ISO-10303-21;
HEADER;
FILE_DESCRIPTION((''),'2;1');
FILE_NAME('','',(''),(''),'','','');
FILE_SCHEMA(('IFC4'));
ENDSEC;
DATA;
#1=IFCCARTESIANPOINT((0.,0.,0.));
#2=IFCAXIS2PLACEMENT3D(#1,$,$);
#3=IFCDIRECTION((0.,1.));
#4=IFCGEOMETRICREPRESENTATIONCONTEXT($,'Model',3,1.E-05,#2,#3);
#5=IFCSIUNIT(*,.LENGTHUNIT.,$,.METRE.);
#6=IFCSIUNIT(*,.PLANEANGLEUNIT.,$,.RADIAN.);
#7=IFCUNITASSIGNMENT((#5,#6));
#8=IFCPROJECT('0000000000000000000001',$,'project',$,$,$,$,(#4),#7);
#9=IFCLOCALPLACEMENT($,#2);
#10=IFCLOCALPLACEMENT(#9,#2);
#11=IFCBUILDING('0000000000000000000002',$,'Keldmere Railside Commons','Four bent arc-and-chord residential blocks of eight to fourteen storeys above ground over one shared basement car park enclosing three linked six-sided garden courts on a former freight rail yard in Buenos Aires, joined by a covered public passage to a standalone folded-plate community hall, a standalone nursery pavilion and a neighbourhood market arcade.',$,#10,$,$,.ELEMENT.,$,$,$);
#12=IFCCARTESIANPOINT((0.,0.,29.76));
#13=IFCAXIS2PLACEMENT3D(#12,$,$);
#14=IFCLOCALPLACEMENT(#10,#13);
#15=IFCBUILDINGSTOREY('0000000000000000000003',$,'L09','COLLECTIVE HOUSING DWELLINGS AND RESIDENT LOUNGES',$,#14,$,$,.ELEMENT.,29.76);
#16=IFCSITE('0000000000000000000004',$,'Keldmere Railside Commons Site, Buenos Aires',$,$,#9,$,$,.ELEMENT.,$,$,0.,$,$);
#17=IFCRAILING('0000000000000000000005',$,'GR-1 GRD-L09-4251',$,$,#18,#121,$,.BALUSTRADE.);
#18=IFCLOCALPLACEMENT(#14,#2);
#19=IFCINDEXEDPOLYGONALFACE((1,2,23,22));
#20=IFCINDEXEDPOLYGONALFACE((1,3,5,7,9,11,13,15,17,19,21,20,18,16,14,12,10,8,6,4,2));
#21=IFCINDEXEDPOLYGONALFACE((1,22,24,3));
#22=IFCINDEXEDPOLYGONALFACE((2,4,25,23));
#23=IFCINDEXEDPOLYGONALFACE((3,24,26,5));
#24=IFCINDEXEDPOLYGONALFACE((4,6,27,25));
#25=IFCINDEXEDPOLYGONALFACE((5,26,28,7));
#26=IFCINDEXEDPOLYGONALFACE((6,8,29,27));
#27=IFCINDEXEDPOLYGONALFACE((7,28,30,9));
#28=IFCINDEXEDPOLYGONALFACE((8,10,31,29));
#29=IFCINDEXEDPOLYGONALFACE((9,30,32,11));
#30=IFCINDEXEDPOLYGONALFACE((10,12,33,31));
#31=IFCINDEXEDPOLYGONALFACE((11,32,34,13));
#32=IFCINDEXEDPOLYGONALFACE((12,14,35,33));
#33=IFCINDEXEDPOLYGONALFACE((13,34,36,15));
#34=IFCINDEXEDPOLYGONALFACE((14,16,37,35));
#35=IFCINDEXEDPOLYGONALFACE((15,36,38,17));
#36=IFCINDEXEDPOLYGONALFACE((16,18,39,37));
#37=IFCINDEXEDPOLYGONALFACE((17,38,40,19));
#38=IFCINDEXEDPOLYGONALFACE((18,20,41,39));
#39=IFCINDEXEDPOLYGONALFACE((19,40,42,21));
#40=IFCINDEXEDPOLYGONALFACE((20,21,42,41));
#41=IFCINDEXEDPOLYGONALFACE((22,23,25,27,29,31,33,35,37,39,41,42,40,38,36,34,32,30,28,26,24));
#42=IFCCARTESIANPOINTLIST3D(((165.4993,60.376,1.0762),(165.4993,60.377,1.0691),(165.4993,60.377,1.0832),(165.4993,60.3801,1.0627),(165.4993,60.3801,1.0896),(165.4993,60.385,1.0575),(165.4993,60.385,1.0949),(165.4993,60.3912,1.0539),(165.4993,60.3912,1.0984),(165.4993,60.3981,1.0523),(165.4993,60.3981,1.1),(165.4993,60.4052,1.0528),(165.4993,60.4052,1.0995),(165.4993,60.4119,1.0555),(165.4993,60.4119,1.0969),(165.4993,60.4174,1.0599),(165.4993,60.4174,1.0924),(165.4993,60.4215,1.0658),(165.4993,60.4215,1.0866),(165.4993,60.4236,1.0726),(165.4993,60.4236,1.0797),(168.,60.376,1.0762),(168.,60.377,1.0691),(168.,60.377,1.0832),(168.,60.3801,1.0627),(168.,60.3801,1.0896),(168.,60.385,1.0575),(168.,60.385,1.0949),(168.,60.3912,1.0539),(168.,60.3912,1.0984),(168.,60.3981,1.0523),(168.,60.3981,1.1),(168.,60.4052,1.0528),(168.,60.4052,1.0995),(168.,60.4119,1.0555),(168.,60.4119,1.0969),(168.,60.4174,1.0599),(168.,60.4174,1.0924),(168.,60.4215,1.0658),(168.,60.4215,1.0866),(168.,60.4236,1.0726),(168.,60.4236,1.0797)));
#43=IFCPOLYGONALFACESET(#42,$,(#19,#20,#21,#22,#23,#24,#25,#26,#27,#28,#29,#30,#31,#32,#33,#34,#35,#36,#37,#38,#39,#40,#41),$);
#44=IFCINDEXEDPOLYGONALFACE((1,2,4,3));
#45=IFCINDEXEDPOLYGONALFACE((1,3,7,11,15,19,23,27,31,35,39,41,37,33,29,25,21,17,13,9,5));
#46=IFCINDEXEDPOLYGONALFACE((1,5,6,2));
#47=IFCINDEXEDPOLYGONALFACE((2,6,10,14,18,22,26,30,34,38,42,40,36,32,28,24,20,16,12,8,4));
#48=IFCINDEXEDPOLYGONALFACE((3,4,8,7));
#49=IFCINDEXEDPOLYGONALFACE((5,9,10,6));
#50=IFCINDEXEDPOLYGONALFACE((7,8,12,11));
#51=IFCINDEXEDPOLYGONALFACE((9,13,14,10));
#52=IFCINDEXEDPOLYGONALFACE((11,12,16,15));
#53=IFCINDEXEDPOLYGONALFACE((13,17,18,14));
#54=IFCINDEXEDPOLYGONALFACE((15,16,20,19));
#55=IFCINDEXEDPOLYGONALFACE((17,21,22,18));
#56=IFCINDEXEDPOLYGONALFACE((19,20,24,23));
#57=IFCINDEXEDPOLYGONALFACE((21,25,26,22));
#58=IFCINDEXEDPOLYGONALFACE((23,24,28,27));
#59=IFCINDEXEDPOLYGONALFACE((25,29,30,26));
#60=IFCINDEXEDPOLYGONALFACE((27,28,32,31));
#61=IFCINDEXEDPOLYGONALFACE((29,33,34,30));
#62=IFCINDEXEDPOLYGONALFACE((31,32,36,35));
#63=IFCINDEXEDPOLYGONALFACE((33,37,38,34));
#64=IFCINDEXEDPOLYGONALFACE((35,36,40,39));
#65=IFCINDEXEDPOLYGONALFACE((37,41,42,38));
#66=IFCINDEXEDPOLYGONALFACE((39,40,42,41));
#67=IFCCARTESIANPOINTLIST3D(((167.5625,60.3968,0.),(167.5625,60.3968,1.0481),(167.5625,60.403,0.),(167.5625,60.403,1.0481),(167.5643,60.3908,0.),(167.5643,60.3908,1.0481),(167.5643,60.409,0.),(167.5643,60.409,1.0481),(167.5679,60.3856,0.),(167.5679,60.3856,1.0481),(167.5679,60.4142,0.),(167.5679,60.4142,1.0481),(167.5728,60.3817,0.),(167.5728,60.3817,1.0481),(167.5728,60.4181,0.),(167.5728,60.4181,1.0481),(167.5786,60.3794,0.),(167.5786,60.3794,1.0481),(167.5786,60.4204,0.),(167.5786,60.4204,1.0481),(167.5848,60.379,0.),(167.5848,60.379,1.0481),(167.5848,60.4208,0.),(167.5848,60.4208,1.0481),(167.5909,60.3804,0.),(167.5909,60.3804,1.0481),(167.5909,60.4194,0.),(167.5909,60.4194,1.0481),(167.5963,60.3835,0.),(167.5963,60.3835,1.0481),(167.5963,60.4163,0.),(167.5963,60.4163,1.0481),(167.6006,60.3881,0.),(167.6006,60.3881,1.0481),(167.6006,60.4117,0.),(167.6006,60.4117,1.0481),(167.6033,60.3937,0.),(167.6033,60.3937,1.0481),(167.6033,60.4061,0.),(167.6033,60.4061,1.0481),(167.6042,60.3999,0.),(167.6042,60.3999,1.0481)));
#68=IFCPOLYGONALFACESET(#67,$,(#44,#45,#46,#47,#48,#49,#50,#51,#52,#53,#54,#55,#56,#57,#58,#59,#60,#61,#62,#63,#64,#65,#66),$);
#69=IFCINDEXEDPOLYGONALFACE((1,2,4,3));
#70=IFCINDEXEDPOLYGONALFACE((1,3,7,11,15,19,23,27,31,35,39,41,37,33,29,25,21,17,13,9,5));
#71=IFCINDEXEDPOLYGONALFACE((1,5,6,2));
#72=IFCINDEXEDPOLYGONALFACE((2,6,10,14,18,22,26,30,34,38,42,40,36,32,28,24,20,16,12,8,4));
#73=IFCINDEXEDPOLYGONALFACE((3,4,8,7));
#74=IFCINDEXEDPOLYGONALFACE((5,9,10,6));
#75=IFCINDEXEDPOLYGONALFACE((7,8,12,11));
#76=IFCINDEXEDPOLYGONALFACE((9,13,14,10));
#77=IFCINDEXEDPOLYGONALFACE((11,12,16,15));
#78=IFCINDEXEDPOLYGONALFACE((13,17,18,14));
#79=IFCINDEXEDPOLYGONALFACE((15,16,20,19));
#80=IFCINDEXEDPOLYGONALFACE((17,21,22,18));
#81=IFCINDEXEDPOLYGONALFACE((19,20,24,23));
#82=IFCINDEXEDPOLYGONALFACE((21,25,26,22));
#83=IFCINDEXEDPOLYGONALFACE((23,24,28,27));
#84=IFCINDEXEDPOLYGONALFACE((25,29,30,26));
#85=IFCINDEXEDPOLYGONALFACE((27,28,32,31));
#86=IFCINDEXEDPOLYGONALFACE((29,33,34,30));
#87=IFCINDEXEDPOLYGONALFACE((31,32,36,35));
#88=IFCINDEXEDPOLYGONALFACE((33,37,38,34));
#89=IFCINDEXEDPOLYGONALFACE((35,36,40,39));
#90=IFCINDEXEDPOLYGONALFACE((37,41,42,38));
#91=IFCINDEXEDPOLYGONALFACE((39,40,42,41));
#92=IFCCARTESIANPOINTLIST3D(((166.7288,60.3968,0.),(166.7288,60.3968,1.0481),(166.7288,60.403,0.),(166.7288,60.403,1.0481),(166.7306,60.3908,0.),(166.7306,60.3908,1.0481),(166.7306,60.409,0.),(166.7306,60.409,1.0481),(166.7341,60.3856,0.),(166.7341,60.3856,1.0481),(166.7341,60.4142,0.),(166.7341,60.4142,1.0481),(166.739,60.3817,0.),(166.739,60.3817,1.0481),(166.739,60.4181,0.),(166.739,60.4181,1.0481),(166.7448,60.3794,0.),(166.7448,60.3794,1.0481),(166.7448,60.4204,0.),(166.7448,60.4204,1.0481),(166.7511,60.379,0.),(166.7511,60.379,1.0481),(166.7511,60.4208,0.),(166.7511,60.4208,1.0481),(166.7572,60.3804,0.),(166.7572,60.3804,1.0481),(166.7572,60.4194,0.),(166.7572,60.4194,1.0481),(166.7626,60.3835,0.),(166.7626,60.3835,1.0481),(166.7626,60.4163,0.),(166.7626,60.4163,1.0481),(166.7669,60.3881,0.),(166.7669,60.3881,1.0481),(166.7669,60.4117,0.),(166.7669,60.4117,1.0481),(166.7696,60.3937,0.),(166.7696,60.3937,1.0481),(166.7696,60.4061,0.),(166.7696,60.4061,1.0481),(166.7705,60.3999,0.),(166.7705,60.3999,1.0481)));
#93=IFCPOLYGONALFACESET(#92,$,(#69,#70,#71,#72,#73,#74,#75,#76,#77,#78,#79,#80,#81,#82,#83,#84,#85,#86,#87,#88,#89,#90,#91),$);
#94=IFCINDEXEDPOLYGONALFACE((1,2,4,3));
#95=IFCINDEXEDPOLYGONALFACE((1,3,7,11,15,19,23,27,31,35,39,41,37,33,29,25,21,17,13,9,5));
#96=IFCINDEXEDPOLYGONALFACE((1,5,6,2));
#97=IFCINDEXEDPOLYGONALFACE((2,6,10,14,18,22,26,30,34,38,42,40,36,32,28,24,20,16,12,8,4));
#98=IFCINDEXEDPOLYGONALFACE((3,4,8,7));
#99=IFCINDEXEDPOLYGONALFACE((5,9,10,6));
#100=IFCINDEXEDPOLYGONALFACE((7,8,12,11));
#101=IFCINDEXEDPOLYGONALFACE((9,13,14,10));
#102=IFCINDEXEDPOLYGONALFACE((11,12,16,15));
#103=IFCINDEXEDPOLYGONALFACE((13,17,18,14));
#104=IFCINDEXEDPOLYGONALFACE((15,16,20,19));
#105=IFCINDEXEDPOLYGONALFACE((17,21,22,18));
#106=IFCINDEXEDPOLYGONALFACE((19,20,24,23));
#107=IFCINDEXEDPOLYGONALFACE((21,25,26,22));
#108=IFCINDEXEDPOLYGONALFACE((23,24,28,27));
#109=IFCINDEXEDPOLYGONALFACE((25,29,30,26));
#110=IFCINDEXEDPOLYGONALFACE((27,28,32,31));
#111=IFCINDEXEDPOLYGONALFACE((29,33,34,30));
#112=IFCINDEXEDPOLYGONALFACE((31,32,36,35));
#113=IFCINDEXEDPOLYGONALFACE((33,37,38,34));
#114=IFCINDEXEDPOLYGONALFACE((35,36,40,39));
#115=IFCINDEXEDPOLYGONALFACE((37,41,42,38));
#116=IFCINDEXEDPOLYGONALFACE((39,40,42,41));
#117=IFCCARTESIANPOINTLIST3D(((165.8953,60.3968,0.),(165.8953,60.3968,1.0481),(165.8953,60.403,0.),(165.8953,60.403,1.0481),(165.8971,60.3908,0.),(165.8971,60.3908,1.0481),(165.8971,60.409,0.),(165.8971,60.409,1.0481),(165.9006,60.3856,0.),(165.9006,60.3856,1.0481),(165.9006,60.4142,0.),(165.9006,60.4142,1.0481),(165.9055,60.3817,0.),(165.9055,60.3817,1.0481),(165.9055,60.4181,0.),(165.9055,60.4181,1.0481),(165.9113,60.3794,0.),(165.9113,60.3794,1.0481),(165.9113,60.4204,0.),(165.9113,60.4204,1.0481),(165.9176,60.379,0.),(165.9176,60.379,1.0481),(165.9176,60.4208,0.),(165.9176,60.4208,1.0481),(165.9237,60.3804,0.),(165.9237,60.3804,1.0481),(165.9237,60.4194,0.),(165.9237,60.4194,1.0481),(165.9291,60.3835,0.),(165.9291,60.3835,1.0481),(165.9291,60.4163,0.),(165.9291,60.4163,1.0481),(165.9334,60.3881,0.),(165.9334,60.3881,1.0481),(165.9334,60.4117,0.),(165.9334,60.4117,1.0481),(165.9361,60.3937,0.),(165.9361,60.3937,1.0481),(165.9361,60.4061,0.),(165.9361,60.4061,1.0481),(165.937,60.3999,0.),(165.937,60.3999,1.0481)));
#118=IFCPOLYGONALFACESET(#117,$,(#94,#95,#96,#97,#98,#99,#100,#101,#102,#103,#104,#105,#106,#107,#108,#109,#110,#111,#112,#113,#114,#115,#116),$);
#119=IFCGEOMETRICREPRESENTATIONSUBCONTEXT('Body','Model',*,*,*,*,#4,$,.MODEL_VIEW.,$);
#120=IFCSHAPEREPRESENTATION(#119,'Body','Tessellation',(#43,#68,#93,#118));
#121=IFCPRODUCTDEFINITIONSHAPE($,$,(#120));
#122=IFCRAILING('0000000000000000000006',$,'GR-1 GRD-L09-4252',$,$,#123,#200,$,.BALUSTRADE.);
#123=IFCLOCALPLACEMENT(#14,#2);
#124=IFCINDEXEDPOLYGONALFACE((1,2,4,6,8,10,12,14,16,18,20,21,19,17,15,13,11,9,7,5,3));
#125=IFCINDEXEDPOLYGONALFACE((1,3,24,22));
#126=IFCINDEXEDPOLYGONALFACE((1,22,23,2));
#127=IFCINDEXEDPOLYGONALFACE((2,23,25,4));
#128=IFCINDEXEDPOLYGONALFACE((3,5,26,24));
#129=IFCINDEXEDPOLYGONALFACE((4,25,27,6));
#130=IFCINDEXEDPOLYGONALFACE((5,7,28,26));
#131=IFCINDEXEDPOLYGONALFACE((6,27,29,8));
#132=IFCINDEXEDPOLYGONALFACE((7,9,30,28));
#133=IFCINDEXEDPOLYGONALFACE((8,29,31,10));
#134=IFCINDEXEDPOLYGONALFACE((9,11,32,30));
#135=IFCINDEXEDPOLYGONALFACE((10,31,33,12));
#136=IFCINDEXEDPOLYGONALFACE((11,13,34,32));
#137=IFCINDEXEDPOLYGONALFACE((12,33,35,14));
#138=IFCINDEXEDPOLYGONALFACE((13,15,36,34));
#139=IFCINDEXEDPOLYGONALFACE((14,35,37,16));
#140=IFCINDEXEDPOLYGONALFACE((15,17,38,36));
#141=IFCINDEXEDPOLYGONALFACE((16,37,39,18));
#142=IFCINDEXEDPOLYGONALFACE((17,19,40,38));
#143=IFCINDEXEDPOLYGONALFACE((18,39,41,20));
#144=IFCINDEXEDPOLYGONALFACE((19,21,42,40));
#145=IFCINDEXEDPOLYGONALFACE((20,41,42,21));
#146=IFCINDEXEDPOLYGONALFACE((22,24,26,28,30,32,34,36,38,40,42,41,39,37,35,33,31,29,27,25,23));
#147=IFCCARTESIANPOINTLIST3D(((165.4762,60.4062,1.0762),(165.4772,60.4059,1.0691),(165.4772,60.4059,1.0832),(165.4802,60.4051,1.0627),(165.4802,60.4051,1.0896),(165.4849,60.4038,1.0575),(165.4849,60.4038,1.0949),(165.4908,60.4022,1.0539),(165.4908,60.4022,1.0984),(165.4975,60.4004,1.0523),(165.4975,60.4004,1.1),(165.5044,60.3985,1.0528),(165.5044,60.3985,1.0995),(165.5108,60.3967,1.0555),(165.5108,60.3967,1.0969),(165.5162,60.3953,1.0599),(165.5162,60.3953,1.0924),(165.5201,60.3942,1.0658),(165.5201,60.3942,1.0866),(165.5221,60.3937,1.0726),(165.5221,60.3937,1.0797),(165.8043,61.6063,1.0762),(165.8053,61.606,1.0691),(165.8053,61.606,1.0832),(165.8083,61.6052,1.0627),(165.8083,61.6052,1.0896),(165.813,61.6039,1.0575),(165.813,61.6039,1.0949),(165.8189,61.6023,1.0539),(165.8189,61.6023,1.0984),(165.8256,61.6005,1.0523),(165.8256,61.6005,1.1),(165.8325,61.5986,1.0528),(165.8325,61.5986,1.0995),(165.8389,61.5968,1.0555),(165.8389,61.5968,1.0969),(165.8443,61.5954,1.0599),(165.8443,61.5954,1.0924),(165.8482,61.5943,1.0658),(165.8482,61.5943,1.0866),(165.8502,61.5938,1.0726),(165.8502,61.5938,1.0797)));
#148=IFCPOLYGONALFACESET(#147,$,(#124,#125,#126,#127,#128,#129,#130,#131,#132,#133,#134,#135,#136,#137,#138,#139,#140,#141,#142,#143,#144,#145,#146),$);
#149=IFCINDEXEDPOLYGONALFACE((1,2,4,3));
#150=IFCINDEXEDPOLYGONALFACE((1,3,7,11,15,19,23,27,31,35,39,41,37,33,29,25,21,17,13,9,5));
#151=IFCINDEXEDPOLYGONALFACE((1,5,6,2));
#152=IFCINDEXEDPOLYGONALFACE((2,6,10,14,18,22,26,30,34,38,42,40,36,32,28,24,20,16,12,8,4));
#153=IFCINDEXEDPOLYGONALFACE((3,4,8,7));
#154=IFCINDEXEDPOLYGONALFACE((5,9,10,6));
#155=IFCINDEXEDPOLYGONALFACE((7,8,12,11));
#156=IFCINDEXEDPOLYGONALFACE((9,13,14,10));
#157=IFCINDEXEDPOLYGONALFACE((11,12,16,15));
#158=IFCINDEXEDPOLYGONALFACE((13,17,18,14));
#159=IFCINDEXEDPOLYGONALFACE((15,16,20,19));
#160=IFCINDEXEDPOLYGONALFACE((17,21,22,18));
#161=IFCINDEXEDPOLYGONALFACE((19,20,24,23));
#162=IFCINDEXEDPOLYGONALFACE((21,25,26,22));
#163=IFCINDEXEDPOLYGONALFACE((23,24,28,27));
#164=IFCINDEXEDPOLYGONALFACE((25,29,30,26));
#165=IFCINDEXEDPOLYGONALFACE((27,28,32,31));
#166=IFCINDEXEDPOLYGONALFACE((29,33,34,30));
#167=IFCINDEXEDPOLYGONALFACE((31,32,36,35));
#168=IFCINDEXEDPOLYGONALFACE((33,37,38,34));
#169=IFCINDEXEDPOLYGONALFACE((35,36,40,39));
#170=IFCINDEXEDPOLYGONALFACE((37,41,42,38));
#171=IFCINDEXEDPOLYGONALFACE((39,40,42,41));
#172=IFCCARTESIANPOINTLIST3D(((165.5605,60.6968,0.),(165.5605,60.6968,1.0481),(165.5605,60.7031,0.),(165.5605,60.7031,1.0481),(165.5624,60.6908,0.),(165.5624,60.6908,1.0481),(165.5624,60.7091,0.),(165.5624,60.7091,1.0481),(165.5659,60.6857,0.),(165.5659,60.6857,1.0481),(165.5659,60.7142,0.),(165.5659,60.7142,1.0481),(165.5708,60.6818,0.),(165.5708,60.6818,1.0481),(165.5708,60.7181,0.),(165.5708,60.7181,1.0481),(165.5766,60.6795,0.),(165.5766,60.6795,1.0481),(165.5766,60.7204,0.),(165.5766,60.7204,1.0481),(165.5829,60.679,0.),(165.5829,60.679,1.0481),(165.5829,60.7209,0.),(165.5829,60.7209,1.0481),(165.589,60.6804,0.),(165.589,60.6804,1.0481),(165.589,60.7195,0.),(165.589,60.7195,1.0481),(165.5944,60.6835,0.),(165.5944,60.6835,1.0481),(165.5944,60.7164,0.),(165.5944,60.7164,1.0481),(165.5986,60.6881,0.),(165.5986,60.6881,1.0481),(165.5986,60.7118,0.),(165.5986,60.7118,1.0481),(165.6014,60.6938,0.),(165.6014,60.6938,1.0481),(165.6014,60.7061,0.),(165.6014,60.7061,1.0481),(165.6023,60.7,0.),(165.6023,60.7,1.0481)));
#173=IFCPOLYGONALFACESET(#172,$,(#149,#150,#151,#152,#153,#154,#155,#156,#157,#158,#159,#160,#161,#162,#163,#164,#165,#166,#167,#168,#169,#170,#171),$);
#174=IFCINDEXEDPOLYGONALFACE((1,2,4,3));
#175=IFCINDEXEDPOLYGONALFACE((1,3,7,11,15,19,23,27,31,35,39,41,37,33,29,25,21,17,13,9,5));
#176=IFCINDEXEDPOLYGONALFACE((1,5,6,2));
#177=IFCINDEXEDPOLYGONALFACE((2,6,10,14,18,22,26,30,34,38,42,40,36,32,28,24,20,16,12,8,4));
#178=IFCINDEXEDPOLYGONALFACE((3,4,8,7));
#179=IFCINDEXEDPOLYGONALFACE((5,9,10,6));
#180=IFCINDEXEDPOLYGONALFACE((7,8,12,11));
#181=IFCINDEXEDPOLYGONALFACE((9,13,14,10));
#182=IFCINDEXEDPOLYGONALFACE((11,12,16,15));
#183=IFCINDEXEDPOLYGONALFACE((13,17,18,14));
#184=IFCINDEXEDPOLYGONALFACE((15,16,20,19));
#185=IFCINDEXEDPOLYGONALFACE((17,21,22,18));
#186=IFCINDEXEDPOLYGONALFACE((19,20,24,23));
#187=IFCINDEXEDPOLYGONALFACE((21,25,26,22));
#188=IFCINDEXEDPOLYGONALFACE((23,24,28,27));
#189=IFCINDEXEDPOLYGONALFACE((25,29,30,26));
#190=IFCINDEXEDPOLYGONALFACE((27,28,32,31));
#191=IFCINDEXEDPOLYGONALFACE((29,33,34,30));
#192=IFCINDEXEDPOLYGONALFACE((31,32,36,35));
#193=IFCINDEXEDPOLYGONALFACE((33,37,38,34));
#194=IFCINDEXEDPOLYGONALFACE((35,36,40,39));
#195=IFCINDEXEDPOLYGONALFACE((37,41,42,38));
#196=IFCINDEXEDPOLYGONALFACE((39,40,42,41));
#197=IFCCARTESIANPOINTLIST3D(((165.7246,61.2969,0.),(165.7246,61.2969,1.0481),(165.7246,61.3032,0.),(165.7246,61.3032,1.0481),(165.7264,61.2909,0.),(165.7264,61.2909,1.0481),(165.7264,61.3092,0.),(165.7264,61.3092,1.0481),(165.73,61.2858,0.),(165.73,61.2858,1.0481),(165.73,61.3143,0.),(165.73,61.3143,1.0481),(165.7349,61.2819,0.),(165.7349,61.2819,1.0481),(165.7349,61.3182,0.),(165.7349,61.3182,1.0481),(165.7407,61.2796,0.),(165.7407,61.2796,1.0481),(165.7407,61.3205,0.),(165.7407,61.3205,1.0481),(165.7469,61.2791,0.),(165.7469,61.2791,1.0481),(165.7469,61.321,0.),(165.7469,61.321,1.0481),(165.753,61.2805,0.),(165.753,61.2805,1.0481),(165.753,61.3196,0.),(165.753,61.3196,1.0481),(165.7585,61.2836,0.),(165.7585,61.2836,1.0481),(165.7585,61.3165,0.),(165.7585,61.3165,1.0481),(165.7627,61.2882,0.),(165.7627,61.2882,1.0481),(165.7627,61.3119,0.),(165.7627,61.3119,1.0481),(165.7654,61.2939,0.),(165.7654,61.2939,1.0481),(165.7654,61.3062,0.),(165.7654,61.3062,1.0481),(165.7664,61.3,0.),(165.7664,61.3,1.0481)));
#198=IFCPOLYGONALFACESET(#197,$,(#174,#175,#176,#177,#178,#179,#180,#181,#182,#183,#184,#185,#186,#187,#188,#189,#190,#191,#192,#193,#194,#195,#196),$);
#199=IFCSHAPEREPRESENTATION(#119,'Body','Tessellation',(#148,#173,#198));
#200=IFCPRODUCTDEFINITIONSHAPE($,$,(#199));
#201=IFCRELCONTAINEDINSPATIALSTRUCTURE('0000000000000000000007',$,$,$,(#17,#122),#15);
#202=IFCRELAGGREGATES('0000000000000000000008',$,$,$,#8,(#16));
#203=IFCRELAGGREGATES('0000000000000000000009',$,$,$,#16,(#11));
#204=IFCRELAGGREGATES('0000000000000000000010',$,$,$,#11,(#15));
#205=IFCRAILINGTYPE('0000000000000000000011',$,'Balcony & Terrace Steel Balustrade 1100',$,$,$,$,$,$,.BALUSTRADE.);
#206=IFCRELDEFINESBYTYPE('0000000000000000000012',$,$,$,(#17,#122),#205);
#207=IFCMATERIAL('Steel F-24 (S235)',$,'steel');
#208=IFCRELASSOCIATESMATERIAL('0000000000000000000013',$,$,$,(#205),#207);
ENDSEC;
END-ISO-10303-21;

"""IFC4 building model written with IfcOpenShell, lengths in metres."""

from ifc_helpers import new_model, si_unit, direction, frame, origin, origin_2d, place, context, subcontext, project, spatial, circle, extrude, material, type_object, element, save


model = new_model("IFC4")

# Units and contexts
model_context = context("Model", 3, precision=1e-05, world=origin(), true_north=direction((0.0, 1.0)))
body_context = subcontext(model_context, "Body", "Model", "MODEL_VIEW")
ifc_project = project(units=[si_unit("LENGTHUNIT", "METRE"), si_unit("PLANEANGLEUNIT", "RADIAN")], contexts=[model_context])

# Site, building, storey
site_placement = place(None, origin())
site = spatial("IfcSite", under=ifc_project, at=site_placement, Name="Keldmere Railside Commons Site, Buenos Aires", CompositionType="ELEMENT", RefElevation=0.0)
building_placement = place(site_placement, origin())
building = spatial("IfcBuilding", under=site, at=building_placement, Name="Keldmere Railside Commons", Description="Four bent arc-and-chord residential blocks of eight to fourteen storeys above ground over one shared basement car park enclosing three linked six-sided garden courts on a former freight rail yard in Buenos Aires, joined by a covered public passage to a standalone folded-plate community hall, a standalone nursery pavilion and a neighbourhood market arcade.", CompositionType="ELEMENT")
storey_placement = place(building_placement, frame((0.0, 0.0, 29.76)))
storey = spatial("IfcBuildingStorey", under=building, at=storey_placement, Name="L09", Description="COLLECTIVE HOUSING DWELLINGS AND RESIDENT LOUNGES", CompositionType="ELEMENT", Elevation=29.76)

# Railings
ifc_material_1 = material(Name="Steel F-24 (S235)", Category="steel")
railing_type = type_object("IfcRailingType", Name="Balcony & Terrace Steel Balustrade 1100", PredefinedType="BALUSTRADE", material=ifc_material_1)
railing_1_placement = place(storey_placement, frame((168.0, 60.3999, 0.0)))
element("IfcRailing", 1, at=railing_1_placement, inside=storey, type_object=railing_type, Name="GR-1 GRD-L09-4251", PredefinedType="BALUSTRADE", context=body_context, shape_type="SweptSolid", body=[
    extrude(circle(Radius=0.0239, at=origin_2d()), frame((0.0, 0.0, 1.0762), z_axis=(-1.0, 0.0, 0.0), x_axis=(0.0, -1.0, 0.0)), (0.0, 0.0, 1.0), 2.5007),
    extrude(circle(Radius=0.021, at=origin_2d()), frame((-0.4167, 0.0, 0.0)), (0.0, 0.0, 1.0), 1.0481),
    extrude(circle(Radius=0.021, at=origin_2d()), frame((-1.2505, 0.0, 0.0)), (0.0, 0.0, 1.0), 1.0481),
    extrude(circle(Radius=0.021, at=origin_2d()), frame((-2.084, 0.0, 0.0)), (0.0, 0.0, 1.0), 1.0481),
])
railing_2_placement = place(storey_placement, frame((165.4993, 60.3999, 0.0)))
element("IfcRailing", 2, at=railing_2_placement, inside=storey, type_object=railing_type, Name="GR-1 GRD-L09-4252", PredefinedType="BALUSTRADE", context=body_context, shape_type="SweptSolid", body=[
    extrude(circle(Radius=0.0239, at=origin_2d()), frame((0.0, 0.0, 1.0762), z_axis=(0.263715, 0.964601, 0.0), x_axis=(-0.964601, 0.263715, 0.0)), (0.0, 0.0, 1.0), 1.2441),
    extrude(circle(Radius=0.021, at=origin_2d()), frame((0.082, 0.3, 0.0)), (0.0, 0.0, 1.0), 1.0481),
    extrude(circle(Radius=0.021, at=origin_2d()), frame((0.2461, 0.9001, 0.0)), (0.0, 0.0, 1.0), 1.0481),
])

save(model, "model.ifc")
